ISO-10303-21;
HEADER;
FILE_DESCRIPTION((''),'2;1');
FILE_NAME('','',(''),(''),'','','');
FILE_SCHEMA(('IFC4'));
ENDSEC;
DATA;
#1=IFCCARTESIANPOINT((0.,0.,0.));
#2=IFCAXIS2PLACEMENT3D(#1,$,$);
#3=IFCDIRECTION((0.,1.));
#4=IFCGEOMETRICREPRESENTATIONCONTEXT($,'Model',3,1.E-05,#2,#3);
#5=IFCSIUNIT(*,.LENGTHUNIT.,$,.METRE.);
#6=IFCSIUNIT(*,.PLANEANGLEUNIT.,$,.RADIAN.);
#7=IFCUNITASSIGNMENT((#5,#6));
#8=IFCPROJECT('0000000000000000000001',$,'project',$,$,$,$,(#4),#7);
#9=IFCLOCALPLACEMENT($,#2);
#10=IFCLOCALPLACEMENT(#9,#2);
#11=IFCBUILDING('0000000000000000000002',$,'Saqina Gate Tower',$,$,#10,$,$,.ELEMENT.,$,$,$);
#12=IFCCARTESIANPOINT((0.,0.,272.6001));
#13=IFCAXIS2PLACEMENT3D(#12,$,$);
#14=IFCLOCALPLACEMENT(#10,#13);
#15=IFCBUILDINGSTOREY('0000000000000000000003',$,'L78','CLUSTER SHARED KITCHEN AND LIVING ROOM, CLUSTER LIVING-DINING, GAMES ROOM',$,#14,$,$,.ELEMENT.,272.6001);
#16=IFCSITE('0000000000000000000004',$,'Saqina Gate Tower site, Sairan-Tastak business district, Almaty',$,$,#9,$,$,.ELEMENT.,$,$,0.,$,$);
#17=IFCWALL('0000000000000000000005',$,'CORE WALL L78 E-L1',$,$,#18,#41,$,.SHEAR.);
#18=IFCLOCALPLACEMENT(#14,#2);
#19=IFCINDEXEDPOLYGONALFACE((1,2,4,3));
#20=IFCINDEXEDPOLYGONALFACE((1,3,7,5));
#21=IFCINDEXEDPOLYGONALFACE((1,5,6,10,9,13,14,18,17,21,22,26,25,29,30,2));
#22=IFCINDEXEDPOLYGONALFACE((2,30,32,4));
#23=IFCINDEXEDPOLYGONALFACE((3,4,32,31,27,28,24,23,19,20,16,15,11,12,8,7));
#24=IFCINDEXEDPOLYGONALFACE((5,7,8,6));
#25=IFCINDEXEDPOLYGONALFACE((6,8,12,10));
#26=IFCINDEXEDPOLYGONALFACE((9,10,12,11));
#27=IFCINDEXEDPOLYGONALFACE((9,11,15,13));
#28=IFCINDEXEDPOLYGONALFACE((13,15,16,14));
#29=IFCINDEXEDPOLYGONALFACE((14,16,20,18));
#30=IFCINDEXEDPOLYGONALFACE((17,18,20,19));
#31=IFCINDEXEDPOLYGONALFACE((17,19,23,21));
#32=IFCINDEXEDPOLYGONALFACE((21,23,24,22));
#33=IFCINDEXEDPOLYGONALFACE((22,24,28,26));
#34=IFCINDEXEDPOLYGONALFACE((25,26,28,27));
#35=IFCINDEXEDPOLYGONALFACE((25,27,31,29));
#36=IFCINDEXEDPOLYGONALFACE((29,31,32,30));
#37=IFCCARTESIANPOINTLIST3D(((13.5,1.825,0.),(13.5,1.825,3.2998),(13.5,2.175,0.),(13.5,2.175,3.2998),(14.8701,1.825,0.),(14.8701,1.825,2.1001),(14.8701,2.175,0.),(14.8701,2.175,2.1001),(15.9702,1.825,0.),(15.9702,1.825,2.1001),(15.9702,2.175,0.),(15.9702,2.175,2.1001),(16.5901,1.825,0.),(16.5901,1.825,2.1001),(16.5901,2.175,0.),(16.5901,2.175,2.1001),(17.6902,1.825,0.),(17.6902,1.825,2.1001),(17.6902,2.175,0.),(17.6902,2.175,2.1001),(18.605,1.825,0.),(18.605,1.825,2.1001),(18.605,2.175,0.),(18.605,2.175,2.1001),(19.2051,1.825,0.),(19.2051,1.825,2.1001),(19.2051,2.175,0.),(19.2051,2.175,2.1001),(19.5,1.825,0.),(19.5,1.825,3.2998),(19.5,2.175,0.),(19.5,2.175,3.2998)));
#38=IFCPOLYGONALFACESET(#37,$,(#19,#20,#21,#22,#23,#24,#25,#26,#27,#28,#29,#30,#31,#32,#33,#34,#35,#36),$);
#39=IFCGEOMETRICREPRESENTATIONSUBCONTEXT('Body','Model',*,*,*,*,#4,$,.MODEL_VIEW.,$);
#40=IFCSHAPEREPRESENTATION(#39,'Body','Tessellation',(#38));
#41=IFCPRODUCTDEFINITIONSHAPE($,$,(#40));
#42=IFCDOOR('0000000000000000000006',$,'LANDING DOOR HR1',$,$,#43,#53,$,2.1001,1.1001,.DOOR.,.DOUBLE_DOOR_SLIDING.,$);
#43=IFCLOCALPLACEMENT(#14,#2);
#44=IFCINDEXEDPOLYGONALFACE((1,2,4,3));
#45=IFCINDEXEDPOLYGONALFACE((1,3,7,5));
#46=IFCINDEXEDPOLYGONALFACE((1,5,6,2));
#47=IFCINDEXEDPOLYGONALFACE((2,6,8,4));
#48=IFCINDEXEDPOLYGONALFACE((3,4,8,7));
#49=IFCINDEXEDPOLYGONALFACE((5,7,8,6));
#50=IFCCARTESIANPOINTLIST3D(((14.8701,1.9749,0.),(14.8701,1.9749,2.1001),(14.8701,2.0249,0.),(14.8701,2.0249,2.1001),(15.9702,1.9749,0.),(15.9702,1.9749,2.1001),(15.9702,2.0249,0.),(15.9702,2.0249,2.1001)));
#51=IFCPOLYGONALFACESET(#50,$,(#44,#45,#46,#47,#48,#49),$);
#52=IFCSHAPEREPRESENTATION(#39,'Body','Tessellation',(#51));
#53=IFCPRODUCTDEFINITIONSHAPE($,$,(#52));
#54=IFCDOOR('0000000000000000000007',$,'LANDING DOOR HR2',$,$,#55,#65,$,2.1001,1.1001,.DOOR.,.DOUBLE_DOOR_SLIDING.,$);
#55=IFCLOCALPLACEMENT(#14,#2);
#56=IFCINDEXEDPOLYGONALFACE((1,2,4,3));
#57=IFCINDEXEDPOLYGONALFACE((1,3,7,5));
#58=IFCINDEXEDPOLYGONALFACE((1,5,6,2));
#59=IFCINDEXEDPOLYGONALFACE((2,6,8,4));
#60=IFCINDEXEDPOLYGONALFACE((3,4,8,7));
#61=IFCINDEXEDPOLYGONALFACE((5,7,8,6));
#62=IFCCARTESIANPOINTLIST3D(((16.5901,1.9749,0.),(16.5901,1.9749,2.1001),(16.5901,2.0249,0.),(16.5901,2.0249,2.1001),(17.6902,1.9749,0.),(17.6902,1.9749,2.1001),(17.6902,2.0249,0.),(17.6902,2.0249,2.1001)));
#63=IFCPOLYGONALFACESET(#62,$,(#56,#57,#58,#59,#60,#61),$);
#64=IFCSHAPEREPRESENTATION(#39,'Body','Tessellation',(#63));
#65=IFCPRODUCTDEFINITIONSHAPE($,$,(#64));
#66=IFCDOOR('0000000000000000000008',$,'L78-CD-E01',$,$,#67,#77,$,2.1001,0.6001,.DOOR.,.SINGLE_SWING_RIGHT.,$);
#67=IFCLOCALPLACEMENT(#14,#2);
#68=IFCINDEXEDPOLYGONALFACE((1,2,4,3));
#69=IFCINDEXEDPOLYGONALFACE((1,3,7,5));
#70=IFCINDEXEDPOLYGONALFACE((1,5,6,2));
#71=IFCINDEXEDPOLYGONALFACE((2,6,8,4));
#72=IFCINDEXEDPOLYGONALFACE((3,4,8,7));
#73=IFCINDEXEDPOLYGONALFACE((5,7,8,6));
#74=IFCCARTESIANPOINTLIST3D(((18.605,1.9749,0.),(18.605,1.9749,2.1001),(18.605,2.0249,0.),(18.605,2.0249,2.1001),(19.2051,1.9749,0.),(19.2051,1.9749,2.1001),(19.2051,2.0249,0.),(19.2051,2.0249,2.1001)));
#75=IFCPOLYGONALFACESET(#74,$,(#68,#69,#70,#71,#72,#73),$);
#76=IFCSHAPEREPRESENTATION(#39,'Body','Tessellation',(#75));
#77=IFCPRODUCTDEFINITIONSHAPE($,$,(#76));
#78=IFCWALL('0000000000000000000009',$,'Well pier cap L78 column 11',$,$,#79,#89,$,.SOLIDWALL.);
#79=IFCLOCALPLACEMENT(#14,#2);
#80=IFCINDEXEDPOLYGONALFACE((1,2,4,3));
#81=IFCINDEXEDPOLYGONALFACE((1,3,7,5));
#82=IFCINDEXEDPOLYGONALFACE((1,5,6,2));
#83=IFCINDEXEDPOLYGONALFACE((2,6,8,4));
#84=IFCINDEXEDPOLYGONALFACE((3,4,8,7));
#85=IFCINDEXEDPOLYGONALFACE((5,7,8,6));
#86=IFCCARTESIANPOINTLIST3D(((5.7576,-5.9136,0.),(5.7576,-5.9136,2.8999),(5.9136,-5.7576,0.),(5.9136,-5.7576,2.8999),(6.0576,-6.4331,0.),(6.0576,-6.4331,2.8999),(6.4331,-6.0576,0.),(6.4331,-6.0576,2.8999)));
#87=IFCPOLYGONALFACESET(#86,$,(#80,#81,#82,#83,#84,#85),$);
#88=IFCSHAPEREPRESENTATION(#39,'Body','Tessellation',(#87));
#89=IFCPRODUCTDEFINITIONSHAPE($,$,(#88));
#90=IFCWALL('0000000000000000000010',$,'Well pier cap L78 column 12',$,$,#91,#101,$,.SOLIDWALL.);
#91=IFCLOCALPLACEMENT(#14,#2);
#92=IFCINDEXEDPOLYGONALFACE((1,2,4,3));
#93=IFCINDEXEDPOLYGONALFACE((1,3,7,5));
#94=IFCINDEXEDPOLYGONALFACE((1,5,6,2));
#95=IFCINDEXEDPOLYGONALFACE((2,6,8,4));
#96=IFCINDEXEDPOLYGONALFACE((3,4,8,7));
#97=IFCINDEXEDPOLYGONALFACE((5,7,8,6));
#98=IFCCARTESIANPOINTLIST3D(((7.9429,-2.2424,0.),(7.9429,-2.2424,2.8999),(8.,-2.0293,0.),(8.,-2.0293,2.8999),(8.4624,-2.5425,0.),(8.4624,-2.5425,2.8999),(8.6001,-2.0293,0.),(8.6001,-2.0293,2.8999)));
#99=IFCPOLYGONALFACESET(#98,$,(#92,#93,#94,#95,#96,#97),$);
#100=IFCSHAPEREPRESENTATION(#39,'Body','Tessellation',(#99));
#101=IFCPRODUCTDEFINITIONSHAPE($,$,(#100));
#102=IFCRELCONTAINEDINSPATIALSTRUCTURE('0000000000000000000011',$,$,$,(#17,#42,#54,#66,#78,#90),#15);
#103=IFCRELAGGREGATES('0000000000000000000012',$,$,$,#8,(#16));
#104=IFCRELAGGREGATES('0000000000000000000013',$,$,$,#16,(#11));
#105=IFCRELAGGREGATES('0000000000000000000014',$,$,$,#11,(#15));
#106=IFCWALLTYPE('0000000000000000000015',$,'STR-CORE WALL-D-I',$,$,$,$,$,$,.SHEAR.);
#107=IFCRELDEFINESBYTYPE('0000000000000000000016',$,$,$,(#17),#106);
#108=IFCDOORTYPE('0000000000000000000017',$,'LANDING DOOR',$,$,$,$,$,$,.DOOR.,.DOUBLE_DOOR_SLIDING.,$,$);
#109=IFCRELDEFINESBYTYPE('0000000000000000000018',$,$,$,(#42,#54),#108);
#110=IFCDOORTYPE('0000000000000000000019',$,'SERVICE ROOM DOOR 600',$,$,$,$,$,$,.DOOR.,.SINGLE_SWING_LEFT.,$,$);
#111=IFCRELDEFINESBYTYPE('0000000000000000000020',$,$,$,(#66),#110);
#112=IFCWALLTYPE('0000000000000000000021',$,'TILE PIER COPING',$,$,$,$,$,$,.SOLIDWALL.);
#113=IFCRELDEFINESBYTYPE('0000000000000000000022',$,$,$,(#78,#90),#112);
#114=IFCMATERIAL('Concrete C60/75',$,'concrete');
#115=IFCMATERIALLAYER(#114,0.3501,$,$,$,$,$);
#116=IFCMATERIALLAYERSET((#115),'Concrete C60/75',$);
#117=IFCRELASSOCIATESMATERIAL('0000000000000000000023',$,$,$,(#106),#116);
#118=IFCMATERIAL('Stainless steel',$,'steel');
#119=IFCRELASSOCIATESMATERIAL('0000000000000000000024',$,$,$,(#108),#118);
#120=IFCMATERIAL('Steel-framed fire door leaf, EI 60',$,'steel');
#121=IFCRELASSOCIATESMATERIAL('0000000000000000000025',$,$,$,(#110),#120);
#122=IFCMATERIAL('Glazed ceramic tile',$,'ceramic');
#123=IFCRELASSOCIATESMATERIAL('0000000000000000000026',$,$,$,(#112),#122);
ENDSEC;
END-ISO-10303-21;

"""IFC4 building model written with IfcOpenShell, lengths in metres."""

from ifc_helpers import new_model, si_unit, direction, frame, frame_2d, origin, place, context, subcontext, project, spatial, polyline, rectangle, outline, extrude, material, layer, layer_set, type_object, element, fill, save


model = new_model("IFC4")

# Units and contexts
model_context = context("Model", 3, precision=1e-05, world=origin(), true_north=direction((0.0, 1.0)))
body_context = subcontext(model_context, "Body", "Model", "MODEL_VIEW")
ifc_project = project(units=[si_unit("LENGTHUNIT", "METRE"), si_unit("PLANEANGLEUNIT", "RADIAN")], contexts=[model_context])

# Site, building, storey
site_placement = place(None, origin())
site = spatial("IfcSite", under=ifc_project, at=site_placement, Name="Saqina Gate Tower site, Sairan-Tastak business district, Almaty", CompositionType="ELEMENT", RefElevation=0.0)
building_placement = place(site_placement, origin())
building = spatial("IfcBuilding", under=site, at=building_placement, Name="Saqina Gate Tower", CompositionType="ELEMENT")
storey_placement = place(building_placement, frame((0.0, 0.0, 272.6001)))
storey = spatial("IfcBuildingStorey", under=building, at=storey_placement, Name="L78", Description="CLUSTER SHARED KITCHEN AND LIVING ROOM, CLUSTER LIVING-DINING, GAMES ROOM", CompositionType="ELEMENT", Elevation=272.6001)

# Shared definitions
ifc_material_1 = material(Name="Concrete C60/75", Category="concrete")
ifc_layer_1 = layer(ifc_material_1, 0.3501)
ifc_layer_set_1 = layer_set([ifc_layer_1], Name="Concrete C60/75")
wall_type_1 = type_object("IfcWallType", Name="STR-CORE WALL-D-I", PredefinedType="SHEAR", material=ifc_layer_set_1)

# Wall, openings, doors
wall_1_placement = place(storey_placement, frame((13.5, 2.0, 0.0), z_axis=(0.0, 0.0, 1.0), x_axis=(1.0, 0.0, 0.0)))
wall_1 = element("IfcWall", 1, at=wall_1_placement, inside=storey, type_object=wall_type_1, Name="CORE WALL L78 E-L1", PredefinedType="SHEAR", context=body_context, shape_type="SweptSolid", body=[
    extrude(rectangle(XDim=6.0, YDim=0.3501, at=frame_2d((3.0, 0.0))), origin(), (0.0, 0.0, 1.0), 3.2998),
])
opening_1_placement = place(wall_1_placement, frame((1.3701, 0.0, 0.0)))
opening_1 = element("IfcOpeningElement", 2, at=opening_1_placement, cuts=wall_1, PredefinedType="OPENING", context=body_context, shape_type="SweptSolid", body=[
    extrude(rectangle(XDim=1.1001, YDim=2.1001, at=frame_2d((0.55, 1.05))), frame((0.0, 0.187, 0.0), z_axis=(0.0, -1.0, 0.0), x_axis=(1.0, 0.0, 0.0)), (0.0, 0.0, 1.0), 0.374),
])
opening_2_placement = place(wall_1_placement, frame((3.0901, 0.0, 0.0)))
opening_2 = element("IfcOpeningElement", 3, at=opening_2_placement, cuts=wall_1, PredefinedType="OPENING", context=body_context, shape_type="SweptSolid", body=[
    extrude(rectangle(XDim=1.1001, YDim=2.1001, at=frame_2d((0.55, 1.05))), frame((0.0, 0.187, 0.0), z_axis=(0.0, -1.0, 0.0), x_axis=(1.0, 0.0, 0.0)), (0.0, 0.0, 1.0), 0.374),
])
opening_3_placement = place(wall_1_placement, frame((5.105, 0.0, 0.0)))
opening_3 = element("IfcOpeningElement", 4, at=opening_3_placement, cuts=wall_1, PredefinedType="OPENING", context=body_context, shape_type="SweptSolid", body=[
    extrude(rectangle(XDim=0.6001, YDim=2.1001, at=frame_2d((0.3, 1.05))), frame((0.0, 0.187, 0.0), z_axis=(0.0, -1.0, 0.0), x_axis=(1.0, 0.0, 0.0)), (0.0, 0.0, 1.0), 0.374),
])
ifc_material_2 = material(Name="Stainless steel", Category="steel")
door_type_1 = type_object("IfcDoorType", Name="LANDING DOOR", OperationType="DOUBLE_DOOR_SLIDING", PredefinedType="DOOR", material=ifc_material_2)
door_1_placement = place(opening_1_placement, origin())
door_1 = element("IfcDoor", 5, at=door_1_placement, inside=storey, type_object=door_type_1, Name="LANDING DOOR HR1", OperationType="DOUBLE_DOOR_SLIDING", OverallHeight=2.1001, OverallWidth=1.1001, PredefinedType="DOOR", context=body_context, shape_type="SweptSolid", body=[
    extrude(rectangle(XDim=1.1001, YDim=2.1001, at=frame_2d((0.55, 1.05))), frame((0.0, 0.0249, 0.0), z_axis=(0.0, -1.0, 0.0), x_axis=(1.0, 0.0, 0.0)), (0.0, 0.0, 1.0), 0.05),
])
fill(opening_1, door_1)
door_2_placement = place(opening_2_placement, origin())
door_2 = element("IfcDoor", 6, at=door_2_placement, inside=storey, type_object=door_type_1, Name="LANDING DOOR HR2", OperationType="DOUBLE_DOOR_SLIDING", OverallHeight=2.1001, OverallWidth=1.1001, PredefinedType="DOOR", context=body_context, shape_type="SweptSolid", body=[
    extrude(rectangle(XDim=1.1001, YDim=2.1001, at=frame_2d((0.55, 1.05))), frame((0.0, 0.0249, 0.0), z_axis=(0.0, -1.0, 0.0), x_axis=(1.0, 0.0, 0.0)), (0.0, 0.0, 1.0), 0.05),
])
fill(opening_2, door_2)
ifc_material_3 = material(Name="Steel-framed fire door leaf, EI 60", Category="steel")
door_type_2 = type_object("IfcDoorType", Name="SERVICE ROOM DOOR 600", OperationType="SINGLE_SWING_LEFT", PredefinedType="DOOR", material=ifc_material_3)
door_3_placement = place(opening_3_placement, origin())
door_3 = element("IfcDoor", 7, at=door_3_placement, inside=storey, type_object=door_type_2, Name="L78-CD-E01", OperationType="SINGLE_SWING_RIGHT", OverallHeight=2.1001, OverallWidth=0.6001, PredefinedType="DOOR", context=body_context, shape_type="SweptSolid", body=[
    extrude(rectangle(XDim=0.6001, YDim=2.1001, at=frame_2d((0.3, 1.05))), frame((0.0, 0.0249, 0.0), z_axis=(0.0, -1.0, 0.0), x_axis=(1.0, 0.0, 0.0)), (0.0, 0.0, 1.0), 0.05),
])
fill(opening_3, door_3)

# Walls
ifc_material_4 = material(Name="Glazed ceramic tile", Category="ceramic")
wall_type_2 = type_object("IfcWallType", Name="TILE PIER COPING", PredefinedType="SOLIDWALL", material=ifc_material_4)
wall_2_placement = place(storey_placement, origin())
element("IfcWall", 8, at=wall_2_placement, inside=storey, type_object=wall_type_2, Name="Well pier cap L78 column 11", PredefinedType="SOLIDWALL", context=body_context, shape_type="SweptSolid", body=[
    extrude(outline(polyline([(6.4331, -6.0576), (5.9136, -5.7576), (5.7576, -5.9136), (6.0576, -6.4331), (6.4331, -6.0576)])), origin(), (0.0, 0.0, 1.0), 2.8999),
])
wall_3_placement = place(storey_placement, origin())
element("IfcWall", 9, at=wall_3_placement, inside=storey, type_object=wall_type_2, Name="Well pier cap L78 column 12", PredefinedType="SOLIDWALL", context=body_context, shape_type="SweptSolid", body=[
    extrude(outline(polyline([(8.6001, -2.0293), (8.0, -2.0293), (7.9429, -2.2424), (8.4624, -2.5425), (8.6001, -2.0293)])), origin(), (0.0, 0.0, 1.0), 2.8999),
])

save(model, "model.ifc")
